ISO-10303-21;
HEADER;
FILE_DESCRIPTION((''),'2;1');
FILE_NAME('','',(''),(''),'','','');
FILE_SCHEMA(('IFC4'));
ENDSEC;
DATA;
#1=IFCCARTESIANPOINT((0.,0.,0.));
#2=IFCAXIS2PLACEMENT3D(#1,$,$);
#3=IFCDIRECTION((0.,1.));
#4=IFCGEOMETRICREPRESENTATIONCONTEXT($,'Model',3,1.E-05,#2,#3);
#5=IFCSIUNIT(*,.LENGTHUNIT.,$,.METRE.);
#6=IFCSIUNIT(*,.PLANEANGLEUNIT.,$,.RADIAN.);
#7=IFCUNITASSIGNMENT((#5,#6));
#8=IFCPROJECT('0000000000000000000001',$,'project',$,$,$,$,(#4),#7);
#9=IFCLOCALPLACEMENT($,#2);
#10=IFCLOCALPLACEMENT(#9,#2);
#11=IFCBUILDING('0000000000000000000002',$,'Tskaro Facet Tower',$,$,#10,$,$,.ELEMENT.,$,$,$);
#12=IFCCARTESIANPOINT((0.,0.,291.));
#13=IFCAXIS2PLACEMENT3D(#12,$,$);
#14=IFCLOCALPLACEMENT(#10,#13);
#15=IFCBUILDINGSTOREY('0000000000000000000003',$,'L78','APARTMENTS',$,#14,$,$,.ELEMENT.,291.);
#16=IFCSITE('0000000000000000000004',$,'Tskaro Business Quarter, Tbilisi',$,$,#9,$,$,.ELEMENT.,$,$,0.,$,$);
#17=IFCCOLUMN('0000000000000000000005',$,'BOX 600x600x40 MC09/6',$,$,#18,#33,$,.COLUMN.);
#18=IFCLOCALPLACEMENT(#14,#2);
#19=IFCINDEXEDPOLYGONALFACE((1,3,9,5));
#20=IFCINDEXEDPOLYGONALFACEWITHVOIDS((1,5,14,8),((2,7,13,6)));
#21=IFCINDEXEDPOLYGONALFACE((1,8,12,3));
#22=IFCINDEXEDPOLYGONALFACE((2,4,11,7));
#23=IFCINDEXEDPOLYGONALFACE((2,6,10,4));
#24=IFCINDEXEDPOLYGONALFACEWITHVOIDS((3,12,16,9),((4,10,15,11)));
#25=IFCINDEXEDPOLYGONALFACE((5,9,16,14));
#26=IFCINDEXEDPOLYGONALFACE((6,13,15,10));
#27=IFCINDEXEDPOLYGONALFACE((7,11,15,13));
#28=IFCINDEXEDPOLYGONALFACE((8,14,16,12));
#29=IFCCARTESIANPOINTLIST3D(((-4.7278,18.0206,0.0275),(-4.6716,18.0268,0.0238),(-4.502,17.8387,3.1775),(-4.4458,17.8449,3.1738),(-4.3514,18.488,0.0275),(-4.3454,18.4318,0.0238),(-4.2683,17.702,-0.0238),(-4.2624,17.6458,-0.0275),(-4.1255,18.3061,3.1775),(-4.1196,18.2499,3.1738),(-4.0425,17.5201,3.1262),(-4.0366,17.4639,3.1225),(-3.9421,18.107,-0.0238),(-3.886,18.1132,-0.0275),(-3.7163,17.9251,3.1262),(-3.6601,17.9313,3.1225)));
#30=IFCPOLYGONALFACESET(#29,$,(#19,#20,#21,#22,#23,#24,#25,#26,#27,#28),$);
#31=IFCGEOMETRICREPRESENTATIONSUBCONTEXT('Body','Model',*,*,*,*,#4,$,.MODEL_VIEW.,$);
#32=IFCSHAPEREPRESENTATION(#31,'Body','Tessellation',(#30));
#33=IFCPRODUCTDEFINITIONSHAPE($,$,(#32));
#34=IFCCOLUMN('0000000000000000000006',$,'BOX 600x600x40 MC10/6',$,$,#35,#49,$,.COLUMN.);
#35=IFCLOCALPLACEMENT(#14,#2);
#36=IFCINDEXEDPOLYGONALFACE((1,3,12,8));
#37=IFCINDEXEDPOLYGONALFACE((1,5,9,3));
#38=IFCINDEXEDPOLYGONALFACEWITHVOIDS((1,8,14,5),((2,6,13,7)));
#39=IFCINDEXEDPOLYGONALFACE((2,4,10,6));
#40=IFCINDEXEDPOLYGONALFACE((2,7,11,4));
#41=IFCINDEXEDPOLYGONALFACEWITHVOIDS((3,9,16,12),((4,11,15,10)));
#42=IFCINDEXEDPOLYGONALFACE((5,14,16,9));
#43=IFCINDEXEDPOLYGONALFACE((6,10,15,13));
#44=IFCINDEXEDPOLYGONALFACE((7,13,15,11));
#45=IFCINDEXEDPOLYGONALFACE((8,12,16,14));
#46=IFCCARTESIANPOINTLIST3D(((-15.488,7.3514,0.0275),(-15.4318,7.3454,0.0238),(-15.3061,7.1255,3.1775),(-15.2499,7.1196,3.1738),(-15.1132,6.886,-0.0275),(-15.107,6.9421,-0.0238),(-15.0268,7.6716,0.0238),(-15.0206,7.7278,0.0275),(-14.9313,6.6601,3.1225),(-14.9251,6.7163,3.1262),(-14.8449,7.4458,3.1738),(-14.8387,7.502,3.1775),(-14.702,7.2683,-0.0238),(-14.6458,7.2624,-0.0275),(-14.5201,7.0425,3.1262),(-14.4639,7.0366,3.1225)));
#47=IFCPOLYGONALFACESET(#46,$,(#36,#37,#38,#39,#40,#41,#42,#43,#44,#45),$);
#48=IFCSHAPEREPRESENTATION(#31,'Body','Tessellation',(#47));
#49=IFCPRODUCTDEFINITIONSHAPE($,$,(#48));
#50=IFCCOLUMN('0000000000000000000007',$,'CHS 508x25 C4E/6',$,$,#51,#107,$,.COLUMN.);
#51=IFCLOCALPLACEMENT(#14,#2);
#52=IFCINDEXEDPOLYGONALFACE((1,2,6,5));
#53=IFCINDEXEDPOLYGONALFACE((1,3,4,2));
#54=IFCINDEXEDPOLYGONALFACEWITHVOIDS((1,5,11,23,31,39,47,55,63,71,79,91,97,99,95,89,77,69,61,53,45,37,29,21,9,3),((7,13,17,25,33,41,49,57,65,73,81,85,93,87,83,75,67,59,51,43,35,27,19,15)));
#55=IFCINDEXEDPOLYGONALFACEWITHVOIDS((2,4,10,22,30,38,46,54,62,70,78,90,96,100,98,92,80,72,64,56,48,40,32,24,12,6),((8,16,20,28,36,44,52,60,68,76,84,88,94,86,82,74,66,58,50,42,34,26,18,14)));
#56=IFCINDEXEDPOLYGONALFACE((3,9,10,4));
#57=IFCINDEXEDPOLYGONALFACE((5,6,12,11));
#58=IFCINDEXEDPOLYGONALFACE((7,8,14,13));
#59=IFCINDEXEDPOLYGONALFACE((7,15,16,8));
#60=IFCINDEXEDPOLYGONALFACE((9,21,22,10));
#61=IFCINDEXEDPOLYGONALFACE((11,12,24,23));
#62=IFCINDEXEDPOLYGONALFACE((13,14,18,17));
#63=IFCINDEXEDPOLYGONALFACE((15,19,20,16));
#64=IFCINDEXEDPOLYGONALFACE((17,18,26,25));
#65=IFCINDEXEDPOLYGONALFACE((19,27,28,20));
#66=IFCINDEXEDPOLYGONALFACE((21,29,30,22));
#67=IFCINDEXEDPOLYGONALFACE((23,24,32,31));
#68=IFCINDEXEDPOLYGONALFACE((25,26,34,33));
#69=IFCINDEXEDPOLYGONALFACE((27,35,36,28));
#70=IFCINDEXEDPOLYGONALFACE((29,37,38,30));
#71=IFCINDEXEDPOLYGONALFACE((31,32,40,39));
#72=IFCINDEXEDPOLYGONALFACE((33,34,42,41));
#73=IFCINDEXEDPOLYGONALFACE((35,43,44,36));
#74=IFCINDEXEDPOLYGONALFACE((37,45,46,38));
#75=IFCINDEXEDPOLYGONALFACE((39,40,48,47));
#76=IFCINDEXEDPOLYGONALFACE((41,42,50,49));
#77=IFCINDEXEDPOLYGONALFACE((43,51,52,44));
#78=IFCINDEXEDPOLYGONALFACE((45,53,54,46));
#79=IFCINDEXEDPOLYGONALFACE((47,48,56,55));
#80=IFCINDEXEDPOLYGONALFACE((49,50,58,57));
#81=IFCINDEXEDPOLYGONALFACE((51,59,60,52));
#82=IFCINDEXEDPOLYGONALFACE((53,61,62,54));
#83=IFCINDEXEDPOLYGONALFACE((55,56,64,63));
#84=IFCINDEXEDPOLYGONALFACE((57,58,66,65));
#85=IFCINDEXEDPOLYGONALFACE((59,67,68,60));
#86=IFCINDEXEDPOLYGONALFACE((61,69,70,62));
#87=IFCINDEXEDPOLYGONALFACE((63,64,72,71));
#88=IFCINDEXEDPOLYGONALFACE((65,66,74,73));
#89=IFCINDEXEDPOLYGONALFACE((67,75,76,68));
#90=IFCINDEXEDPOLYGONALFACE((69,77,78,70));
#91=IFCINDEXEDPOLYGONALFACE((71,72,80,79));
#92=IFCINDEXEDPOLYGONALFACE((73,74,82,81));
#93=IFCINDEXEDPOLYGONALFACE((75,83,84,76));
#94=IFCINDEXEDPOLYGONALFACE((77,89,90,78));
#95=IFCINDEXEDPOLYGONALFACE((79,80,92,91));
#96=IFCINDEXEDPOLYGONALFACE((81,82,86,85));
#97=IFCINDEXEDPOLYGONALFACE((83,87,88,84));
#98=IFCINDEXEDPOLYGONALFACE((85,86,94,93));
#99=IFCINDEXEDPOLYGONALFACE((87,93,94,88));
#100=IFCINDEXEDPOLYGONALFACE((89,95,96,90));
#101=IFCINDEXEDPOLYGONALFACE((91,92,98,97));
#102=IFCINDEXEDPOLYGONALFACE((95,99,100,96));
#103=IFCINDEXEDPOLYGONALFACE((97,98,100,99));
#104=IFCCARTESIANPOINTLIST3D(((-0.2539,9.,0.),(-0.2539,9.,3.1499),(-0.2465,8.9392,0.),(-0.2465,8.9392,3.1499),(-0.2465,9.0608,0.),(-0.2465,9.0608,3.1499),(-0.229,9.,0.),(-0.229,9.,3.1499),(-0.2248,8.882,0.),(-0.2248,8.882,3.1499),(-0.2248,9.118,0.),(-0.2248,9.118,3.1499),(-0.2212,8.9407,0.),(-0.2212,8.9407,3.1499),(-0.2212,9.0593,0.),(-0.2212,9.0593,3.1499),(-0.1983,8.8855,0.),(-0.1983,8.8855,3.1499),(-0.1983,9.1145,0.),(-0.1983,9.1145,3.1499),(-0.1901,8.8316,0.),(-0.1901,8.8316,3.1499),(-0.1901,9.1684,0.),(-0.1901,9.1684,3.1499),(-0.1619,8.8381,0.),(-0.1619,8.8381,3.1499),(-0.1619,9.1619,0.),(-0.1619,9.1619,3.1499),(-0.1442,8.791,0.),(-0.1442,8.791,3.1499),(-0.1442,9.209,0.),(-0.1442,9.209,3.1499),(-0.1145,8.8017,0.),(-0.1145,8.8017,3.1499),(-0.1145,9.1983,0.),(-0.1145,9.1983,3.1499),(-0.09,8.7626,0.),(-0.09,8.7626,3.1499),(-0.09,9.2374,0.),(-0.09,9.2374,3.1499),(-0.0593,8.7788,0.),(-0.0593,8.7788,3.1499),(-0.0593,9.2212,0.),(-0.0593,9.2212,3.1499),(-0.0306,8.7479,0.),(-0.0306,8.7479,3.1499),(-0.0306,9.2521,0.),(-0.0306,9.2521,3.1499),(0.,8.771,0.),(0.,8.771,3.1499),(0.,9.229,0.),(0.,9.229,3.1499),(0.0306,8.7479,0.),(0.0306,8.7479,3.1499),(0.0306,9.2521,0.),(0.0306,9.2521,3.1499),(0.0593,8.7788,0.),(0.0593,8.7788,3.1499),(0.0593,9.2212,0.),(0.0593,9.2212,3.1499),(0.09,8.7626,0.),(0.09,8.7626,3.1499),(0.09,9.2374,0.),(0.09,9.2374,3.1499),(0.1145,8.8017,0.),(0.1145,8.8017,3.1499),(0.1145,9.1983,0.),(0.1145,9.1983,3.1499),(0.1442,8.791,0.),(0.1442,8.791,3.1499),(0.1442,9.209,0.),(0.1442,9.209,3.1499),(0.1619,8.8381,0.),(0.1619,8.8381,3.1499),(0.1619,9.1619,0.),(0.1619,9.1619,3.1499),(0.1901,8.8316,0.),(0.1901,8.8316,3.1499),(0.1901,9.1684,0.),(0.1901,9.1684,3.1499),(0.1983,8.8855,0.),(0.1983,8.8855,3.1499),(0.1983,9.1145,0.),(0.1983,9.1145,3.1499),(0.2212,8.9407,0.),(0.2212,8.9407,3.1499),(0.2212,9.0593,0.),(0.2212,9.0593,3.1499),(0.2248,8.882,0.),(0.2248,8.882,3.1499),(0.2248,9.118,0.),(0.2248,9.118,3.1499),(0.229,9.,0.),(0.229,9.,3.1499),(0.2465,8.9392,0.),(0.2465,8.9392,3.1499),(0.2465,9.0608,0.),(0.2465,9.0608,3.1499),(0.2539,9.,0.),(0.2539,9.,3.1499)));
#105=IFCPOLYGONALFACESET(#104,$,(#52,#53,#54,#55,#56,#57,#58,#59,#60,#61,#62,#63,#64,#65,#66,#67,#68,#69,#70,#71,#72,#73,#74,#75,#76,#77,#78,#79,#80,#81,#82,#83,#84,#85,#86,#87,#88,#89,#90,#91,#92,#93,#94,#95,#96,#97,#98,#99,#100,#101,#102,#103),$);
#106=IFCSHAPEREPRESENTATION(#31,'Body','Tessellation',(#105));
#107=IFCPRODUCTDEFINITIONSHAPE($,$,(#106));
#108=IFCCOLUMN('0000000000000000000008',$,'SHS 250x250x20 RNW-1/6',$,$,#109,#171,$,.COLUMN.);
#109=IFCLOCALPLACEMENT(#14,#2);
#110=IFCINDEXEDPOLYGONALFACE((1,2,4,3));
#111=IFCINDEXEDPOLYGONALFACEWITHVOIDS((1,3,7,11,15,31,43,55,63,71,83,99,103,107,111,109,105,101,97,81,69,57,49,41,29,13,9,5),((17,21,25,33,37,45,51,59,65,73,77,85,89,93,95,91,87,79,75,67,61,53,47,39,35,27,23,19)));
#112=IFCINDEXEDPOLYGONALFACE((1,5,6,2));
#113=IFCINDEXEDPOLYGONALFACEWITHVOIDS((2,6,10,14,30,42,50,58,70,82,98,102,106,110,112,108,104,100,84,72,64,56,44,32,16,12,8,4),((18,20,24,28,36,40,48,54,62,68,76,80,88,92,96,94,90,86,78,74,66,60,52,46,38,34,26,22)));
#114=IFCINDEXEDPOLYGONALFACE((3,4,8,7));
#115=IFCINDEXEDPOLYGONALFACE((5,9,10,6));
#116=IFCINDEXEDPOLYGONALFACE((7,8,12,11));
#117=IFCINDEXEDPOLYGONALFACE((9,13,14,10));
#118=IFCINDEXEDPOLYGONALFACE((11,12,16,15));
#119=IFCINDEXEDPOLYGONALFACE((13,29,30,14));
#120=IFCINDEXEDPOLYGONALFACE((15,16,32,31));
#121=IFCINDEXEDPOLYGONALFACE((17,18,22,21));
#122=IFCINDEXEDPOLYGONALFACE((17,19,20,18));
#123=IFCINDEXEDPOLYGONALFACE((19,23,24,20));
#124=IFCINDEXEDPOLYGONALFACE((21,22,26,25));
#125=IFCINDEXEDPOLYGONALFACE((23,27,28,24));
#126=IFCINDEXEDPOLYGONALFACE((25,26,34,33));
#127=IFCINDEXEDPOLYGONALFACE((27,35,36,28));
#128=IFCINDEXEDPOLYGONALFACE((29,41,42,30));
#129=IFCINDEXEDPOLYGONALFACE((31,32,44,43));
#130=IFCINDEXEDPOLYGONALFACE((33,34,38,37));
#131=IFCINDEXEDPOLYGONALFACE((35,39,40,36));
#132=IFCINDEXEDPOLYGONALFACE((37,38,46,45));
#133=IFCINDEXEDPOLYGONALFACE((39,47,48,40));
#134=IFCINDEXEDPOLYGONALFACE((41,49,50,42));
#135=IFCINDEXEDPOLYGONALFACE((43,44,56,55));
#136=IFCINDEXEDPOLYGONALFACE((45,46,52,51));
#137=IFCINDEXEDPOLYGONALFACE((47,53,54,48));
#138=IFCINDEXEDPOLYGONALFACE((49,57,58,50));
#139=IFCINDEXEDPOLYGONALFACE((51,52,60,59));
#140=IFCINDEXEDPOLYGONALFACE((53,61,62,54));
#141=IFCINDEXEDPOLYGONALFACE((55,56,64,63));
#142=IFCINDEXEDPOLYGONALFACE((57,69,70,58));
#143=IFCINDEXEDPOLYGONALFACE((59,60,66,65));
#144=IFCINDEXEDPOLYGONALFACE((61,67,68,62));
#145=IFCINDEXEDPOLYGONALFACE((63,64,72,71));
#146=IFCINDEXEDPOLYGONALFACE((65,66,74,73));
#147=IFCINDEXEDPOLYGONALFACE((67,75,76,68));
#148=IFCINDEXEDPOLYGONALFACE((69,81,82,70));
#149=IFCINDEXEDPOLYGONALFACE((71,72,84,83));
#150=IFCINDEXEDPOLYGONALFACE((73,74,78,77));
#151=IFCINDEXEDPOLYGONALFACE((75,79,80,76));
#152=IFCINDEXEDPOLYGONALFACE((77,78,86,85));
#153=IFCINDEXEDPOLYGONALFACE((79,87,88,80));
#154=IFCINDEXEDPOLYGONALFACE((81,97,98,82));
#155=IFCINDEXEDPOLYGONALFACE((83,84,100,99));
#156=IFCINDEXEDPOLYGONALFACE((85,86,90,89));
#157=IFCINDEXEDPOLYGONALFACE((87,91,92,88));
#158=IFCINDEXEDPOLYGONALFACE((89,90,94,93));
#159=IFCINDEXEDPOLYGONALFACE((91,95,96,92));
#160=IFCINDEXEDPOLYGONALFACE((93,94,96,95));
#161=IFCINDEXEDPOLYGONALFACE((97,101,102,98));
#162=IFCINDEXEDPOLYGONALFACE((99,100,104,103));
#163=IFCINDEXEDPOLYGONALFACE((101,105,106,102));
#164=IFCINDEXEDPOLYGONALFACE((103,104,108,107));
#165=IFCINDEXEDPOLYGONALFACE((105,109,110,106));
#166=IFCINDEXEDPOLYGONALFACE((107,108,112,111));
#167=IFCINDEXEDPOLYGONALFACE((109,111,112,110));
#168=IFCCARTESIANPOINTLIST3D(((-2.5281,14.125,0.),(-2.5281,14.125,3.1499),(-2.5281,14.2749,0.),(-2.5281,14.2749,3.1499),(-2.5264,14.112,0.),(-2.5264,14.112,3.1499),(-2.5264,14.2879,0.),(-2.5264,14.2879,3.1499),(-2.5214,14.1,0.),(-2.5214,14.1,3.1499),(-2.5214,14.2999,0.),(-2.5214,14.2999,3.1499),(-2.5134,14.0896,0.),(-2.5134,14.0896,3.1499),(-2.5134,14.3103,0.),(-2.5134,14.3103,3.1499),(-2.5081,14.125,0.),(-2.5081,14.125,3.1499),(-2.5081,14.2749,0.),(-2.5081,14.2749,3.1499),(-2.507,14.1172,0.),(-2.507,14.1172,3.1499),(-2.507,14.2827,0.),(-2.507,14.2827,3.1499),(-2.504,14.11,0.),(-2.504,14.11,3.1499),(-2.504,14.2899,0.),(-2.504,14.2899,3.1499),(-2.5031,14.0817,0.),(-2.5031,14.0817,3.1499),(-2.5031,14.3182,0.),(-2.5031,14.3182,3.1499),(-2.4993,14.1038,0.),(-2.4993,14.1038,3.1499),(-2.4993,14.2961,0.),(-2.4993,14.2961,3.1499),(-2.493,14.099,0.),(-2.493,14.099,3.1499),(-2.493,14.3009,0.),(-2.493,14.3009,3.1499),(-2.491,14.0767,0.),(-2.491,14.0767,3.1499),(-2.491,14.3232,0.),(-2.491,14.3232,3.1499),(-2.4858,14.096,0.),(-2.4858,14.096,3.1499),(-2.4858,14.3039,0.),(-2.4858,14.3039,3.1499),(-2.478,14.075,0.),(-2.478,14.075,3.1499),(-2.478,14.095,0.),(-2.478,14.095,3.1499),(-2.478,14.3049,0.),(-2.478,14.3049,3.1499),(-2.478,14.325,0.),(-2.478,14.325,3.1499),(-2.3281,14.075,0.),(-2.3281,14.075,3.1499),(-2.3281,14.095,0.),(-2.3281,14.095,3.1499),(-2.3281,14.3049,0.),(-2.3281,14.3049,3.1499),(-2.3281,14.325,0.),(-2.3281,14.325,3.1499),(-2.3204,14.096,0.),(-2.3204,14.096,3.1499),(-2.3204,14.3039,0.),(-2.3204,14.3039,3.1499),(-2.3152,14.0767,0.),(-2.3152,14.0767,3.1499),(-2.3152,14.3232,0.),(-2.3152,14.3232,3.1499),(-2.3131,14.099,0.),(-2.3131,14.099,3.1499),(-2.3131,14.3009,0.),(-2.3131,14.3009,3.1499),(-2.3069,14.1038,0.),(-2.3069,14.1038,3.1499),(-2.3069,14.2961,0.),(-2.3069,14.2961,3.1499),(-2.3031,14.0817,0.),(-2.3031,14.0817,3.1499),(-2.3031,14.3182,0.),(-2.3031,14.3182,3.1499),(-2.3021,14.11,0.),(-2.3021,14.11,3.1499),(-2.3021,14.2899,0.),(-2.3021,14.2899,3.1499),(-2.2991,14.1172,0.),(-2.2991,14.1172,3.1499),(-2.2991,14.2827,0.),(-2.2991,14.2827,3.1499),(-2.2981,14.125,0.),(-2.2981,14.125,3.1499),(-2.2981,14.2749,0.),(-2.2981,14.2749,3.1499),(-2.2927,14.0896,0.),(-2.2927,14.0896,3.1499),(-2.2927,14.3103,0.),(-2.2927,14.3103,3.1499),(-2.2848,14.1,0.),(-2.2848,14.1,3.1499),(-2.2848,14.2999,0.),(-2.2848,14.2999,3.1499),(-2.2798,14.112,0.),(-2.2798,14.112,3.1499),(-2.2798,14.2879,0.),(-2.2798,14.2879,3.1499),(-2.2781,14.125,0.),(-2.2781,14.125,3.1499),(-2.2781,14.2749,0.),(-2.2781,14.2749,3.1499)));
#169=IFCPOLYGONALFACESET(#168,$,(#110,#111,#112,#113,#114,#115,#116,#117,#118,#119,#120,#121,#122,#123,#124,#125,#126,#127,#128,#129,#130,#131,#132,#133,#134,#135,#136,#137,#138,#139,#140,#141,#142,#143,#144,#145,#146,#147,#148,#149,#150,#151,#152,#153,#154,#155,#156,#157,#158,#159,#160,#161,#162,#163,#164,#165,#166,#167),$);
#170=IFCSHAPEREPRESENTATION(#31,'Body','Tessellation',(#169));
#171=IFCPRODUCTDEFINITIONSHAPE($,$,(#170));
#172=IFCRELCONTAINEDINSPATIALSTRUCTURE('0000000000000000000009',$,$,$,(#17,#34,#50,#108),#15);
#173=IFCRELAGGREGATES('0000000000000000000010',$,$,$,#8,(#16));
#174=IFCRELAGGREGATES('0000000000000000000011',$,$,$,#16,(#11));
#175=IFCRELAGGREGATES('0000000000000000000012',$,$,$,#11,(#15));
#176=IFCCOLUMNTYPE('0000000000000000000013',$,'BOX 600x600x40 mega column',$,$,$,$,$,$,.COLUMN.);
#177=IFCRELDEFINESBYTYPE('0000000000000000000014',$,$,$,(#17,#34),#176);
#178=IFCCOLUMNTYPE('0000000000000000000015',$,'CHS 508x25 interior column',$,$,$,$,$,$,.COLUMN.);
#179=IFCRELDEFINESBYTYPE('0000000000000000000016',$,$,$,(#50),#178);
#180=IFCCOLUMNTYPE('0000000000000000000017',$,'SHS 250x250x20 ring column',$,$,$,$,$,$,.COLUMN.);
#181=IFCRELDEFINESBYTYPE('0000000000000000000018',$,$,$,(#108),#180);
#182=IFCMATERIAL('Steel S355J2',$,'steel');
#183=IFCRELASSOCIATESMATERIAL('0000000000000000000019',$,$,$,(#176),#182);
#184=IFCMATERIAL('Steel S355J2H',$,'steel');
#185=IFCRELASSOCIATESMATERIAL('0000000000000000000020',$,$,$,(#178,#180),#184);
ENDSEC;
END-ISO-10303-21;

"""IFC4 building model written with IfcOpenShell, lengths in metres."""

from ifc_helpers import new_model, si_unit, direction, frame, origin, origin_2d, place, context, subcontext, project, spatial, hollow_rectangle, hollow_circle, extrude, material, material_profile, profile_set, type_object, element, save


model = new_model("IFC4")

# Units and contexts
model_context = context("Model", 3, precision=1e-05, world=origin(), true_north=direction((0.0, 1.0)))
body_context = subcontext(model_context, "Body", "Model", "MODEL_VIEW")
ifc_project = project(units=[si_unit("LENGTHUNIT", "METRE"), si_unit("PLANEANGLEUNIT", "RADIAN")], contexts=[model_context])

# Site, building, storey
site_placement = place(None, origin())
site = spatial("IfcSite", under=ifc_project, at=site_placement, Name="Tskaro Business Quarter, Tbilisi", CompositionType="ELEMENT", RefElevation=0.0)
building_placement = place(site_placement, origin())
building = spatial("IfcBuilding", under=site, at=building_placement, Name="Tskaro Facet Tower", CompositionType="ELEMENT")
storey_placement = place(building_placement, frame((0.0, 0.0, 291.0)))
storey = spatial("IfcBuildingStorey", under=building, at=storey_placement, Name="L78", Description="APARTMENTS", CompositionType="ELEMENT", Elevation=291.0)

# Columns
ifc_material_1 = material(Name="Steel S355J2", Category="steel")
ifc_material_profile_1 = material_profile(ifc_material_1, hollow_rectangle(XDim=0.6001, YDim=0.6001, WallThickness=0.04, at=origin_2d()), Name="BOX 600x600x40")
ifc_profile_set_1 = profile_set([ifc_material_profile_1], Name="Steel S355J2")
column_type_1 = type_object("IfcColumnType", Name="BOX 600x600x40 mega column", PredefinedType="COLUMN", material=ifc_profile_set_1)
for number, where, z_axis, x_axis, name in (
    (1, (-4.3069, 18.0669, 0.0), (0.071392, -0.0575, 0.99579), (0.627259, 0.778811, 0.0), "BOX 600x600x40 MC09/6"),
    (2, (-15.0669, 7.3069, 0.0), (0.0575, -0.071392, 0.99579), (0.778811, 0.627259, 0.0), "BOX 600x600x40 MC10/6"),
):
    element("IfcColumn", number, at=place(storey_placement, frame(where, z_axis=z_axis, x_axis=x_axis)), inside=storey, type_object=column_type_1, Name=name, PredefinedType="COLUMN", context=body_context, shape_type="SweptSolid", body=[
        extrude(hollow_rectangle(XDim=0.6001, YDim=0.6001, WallThickness=0.04, at=origin_2d()), origin(), (0.0, 0.0, 1.0), 3.1633),
    ])
ifc_material_2 = material(Name="Steel S355J2H", Category="steel")
ifc_material_profile_2 = material_profile(ifc_material_2, hollow_circle(Radius=0.2539, WallThickness=0.0249, at=origin_2d()), Name="CHS 508x25")
ifc_profile_set_2 = profile_set([ifc_material_profile_2], Name="Steel S355J2H")
column_type_2 = type_object("IfcColumnType", Name="CHS 508x25 interior column", PredefinedType="COLUMN", material=ifc_profile_set_2)
column_placement = place(storey_placement, frame((0.0, 9.0, 0.0), z_axis=(0.0, 0.0, 1.0), x_axis=(1.0, 0.0, 0.0)))
element("IfcColumn", 3, at=column_placement, inside=storey, type_object=column_type_2, Name="CHS 508x25 C4E/6", PredefinedType="COLUMN", context=body_context, shape_type="SweptSolid", body=[
    extrude(hollow_circle(Radius=0.2539, WallThickness=0.0249, at=origin_2d()), origin(), (0.0, 0.0, 1.0), 3.1499),
])
ifc_material_profile_3 = material_profile(ifc_material_2, hollow_rectangle(XDim=0.25, YDim=0.25, WallThickness=0.02, InnerFilletRadius=0.03, OuterFilletRadius=0.05, at=origin_2d()), Name="SHS 250x250x20")
ifc_profile_set_3 = profile_set([ifc_material_profile_3], Name="Steel S355J2H")
column_type_3 = type_object("IfcColumnType", Name="SHS 250x250x20 ring column", PredefinedType="COLUMN", material=ifc_profile_set_3)
for number, where, z_axis, x_axis, name in (
    (4, (-2.4031, 14.2, 0.0), (0.0, 0.0, 1.0), (1.0, 0.0, 0.0), "SHS 250x250x20 RNW-1/6"),
):
    element("IfcColumn", number, at=place(storey_placement, frame(where, z_axis=z_axis, x_axis=x_axis)), inside=storey, type_object=column_type_3, Name=name, PredefinedType="COLUMN", context=body_context, shape_type="SweptSolid", body=[
        extrude(hollow_rectangle(XDim=0.25, YDim=0.25, WallThickness=0.02, InnerFilletRadius=0.03, OuterFilletRadius=0.05, at=origin_2d()), origin(), (0.0, 0.0, 1.0), 3.1499),
    ])

save(model, "model.ifc")
